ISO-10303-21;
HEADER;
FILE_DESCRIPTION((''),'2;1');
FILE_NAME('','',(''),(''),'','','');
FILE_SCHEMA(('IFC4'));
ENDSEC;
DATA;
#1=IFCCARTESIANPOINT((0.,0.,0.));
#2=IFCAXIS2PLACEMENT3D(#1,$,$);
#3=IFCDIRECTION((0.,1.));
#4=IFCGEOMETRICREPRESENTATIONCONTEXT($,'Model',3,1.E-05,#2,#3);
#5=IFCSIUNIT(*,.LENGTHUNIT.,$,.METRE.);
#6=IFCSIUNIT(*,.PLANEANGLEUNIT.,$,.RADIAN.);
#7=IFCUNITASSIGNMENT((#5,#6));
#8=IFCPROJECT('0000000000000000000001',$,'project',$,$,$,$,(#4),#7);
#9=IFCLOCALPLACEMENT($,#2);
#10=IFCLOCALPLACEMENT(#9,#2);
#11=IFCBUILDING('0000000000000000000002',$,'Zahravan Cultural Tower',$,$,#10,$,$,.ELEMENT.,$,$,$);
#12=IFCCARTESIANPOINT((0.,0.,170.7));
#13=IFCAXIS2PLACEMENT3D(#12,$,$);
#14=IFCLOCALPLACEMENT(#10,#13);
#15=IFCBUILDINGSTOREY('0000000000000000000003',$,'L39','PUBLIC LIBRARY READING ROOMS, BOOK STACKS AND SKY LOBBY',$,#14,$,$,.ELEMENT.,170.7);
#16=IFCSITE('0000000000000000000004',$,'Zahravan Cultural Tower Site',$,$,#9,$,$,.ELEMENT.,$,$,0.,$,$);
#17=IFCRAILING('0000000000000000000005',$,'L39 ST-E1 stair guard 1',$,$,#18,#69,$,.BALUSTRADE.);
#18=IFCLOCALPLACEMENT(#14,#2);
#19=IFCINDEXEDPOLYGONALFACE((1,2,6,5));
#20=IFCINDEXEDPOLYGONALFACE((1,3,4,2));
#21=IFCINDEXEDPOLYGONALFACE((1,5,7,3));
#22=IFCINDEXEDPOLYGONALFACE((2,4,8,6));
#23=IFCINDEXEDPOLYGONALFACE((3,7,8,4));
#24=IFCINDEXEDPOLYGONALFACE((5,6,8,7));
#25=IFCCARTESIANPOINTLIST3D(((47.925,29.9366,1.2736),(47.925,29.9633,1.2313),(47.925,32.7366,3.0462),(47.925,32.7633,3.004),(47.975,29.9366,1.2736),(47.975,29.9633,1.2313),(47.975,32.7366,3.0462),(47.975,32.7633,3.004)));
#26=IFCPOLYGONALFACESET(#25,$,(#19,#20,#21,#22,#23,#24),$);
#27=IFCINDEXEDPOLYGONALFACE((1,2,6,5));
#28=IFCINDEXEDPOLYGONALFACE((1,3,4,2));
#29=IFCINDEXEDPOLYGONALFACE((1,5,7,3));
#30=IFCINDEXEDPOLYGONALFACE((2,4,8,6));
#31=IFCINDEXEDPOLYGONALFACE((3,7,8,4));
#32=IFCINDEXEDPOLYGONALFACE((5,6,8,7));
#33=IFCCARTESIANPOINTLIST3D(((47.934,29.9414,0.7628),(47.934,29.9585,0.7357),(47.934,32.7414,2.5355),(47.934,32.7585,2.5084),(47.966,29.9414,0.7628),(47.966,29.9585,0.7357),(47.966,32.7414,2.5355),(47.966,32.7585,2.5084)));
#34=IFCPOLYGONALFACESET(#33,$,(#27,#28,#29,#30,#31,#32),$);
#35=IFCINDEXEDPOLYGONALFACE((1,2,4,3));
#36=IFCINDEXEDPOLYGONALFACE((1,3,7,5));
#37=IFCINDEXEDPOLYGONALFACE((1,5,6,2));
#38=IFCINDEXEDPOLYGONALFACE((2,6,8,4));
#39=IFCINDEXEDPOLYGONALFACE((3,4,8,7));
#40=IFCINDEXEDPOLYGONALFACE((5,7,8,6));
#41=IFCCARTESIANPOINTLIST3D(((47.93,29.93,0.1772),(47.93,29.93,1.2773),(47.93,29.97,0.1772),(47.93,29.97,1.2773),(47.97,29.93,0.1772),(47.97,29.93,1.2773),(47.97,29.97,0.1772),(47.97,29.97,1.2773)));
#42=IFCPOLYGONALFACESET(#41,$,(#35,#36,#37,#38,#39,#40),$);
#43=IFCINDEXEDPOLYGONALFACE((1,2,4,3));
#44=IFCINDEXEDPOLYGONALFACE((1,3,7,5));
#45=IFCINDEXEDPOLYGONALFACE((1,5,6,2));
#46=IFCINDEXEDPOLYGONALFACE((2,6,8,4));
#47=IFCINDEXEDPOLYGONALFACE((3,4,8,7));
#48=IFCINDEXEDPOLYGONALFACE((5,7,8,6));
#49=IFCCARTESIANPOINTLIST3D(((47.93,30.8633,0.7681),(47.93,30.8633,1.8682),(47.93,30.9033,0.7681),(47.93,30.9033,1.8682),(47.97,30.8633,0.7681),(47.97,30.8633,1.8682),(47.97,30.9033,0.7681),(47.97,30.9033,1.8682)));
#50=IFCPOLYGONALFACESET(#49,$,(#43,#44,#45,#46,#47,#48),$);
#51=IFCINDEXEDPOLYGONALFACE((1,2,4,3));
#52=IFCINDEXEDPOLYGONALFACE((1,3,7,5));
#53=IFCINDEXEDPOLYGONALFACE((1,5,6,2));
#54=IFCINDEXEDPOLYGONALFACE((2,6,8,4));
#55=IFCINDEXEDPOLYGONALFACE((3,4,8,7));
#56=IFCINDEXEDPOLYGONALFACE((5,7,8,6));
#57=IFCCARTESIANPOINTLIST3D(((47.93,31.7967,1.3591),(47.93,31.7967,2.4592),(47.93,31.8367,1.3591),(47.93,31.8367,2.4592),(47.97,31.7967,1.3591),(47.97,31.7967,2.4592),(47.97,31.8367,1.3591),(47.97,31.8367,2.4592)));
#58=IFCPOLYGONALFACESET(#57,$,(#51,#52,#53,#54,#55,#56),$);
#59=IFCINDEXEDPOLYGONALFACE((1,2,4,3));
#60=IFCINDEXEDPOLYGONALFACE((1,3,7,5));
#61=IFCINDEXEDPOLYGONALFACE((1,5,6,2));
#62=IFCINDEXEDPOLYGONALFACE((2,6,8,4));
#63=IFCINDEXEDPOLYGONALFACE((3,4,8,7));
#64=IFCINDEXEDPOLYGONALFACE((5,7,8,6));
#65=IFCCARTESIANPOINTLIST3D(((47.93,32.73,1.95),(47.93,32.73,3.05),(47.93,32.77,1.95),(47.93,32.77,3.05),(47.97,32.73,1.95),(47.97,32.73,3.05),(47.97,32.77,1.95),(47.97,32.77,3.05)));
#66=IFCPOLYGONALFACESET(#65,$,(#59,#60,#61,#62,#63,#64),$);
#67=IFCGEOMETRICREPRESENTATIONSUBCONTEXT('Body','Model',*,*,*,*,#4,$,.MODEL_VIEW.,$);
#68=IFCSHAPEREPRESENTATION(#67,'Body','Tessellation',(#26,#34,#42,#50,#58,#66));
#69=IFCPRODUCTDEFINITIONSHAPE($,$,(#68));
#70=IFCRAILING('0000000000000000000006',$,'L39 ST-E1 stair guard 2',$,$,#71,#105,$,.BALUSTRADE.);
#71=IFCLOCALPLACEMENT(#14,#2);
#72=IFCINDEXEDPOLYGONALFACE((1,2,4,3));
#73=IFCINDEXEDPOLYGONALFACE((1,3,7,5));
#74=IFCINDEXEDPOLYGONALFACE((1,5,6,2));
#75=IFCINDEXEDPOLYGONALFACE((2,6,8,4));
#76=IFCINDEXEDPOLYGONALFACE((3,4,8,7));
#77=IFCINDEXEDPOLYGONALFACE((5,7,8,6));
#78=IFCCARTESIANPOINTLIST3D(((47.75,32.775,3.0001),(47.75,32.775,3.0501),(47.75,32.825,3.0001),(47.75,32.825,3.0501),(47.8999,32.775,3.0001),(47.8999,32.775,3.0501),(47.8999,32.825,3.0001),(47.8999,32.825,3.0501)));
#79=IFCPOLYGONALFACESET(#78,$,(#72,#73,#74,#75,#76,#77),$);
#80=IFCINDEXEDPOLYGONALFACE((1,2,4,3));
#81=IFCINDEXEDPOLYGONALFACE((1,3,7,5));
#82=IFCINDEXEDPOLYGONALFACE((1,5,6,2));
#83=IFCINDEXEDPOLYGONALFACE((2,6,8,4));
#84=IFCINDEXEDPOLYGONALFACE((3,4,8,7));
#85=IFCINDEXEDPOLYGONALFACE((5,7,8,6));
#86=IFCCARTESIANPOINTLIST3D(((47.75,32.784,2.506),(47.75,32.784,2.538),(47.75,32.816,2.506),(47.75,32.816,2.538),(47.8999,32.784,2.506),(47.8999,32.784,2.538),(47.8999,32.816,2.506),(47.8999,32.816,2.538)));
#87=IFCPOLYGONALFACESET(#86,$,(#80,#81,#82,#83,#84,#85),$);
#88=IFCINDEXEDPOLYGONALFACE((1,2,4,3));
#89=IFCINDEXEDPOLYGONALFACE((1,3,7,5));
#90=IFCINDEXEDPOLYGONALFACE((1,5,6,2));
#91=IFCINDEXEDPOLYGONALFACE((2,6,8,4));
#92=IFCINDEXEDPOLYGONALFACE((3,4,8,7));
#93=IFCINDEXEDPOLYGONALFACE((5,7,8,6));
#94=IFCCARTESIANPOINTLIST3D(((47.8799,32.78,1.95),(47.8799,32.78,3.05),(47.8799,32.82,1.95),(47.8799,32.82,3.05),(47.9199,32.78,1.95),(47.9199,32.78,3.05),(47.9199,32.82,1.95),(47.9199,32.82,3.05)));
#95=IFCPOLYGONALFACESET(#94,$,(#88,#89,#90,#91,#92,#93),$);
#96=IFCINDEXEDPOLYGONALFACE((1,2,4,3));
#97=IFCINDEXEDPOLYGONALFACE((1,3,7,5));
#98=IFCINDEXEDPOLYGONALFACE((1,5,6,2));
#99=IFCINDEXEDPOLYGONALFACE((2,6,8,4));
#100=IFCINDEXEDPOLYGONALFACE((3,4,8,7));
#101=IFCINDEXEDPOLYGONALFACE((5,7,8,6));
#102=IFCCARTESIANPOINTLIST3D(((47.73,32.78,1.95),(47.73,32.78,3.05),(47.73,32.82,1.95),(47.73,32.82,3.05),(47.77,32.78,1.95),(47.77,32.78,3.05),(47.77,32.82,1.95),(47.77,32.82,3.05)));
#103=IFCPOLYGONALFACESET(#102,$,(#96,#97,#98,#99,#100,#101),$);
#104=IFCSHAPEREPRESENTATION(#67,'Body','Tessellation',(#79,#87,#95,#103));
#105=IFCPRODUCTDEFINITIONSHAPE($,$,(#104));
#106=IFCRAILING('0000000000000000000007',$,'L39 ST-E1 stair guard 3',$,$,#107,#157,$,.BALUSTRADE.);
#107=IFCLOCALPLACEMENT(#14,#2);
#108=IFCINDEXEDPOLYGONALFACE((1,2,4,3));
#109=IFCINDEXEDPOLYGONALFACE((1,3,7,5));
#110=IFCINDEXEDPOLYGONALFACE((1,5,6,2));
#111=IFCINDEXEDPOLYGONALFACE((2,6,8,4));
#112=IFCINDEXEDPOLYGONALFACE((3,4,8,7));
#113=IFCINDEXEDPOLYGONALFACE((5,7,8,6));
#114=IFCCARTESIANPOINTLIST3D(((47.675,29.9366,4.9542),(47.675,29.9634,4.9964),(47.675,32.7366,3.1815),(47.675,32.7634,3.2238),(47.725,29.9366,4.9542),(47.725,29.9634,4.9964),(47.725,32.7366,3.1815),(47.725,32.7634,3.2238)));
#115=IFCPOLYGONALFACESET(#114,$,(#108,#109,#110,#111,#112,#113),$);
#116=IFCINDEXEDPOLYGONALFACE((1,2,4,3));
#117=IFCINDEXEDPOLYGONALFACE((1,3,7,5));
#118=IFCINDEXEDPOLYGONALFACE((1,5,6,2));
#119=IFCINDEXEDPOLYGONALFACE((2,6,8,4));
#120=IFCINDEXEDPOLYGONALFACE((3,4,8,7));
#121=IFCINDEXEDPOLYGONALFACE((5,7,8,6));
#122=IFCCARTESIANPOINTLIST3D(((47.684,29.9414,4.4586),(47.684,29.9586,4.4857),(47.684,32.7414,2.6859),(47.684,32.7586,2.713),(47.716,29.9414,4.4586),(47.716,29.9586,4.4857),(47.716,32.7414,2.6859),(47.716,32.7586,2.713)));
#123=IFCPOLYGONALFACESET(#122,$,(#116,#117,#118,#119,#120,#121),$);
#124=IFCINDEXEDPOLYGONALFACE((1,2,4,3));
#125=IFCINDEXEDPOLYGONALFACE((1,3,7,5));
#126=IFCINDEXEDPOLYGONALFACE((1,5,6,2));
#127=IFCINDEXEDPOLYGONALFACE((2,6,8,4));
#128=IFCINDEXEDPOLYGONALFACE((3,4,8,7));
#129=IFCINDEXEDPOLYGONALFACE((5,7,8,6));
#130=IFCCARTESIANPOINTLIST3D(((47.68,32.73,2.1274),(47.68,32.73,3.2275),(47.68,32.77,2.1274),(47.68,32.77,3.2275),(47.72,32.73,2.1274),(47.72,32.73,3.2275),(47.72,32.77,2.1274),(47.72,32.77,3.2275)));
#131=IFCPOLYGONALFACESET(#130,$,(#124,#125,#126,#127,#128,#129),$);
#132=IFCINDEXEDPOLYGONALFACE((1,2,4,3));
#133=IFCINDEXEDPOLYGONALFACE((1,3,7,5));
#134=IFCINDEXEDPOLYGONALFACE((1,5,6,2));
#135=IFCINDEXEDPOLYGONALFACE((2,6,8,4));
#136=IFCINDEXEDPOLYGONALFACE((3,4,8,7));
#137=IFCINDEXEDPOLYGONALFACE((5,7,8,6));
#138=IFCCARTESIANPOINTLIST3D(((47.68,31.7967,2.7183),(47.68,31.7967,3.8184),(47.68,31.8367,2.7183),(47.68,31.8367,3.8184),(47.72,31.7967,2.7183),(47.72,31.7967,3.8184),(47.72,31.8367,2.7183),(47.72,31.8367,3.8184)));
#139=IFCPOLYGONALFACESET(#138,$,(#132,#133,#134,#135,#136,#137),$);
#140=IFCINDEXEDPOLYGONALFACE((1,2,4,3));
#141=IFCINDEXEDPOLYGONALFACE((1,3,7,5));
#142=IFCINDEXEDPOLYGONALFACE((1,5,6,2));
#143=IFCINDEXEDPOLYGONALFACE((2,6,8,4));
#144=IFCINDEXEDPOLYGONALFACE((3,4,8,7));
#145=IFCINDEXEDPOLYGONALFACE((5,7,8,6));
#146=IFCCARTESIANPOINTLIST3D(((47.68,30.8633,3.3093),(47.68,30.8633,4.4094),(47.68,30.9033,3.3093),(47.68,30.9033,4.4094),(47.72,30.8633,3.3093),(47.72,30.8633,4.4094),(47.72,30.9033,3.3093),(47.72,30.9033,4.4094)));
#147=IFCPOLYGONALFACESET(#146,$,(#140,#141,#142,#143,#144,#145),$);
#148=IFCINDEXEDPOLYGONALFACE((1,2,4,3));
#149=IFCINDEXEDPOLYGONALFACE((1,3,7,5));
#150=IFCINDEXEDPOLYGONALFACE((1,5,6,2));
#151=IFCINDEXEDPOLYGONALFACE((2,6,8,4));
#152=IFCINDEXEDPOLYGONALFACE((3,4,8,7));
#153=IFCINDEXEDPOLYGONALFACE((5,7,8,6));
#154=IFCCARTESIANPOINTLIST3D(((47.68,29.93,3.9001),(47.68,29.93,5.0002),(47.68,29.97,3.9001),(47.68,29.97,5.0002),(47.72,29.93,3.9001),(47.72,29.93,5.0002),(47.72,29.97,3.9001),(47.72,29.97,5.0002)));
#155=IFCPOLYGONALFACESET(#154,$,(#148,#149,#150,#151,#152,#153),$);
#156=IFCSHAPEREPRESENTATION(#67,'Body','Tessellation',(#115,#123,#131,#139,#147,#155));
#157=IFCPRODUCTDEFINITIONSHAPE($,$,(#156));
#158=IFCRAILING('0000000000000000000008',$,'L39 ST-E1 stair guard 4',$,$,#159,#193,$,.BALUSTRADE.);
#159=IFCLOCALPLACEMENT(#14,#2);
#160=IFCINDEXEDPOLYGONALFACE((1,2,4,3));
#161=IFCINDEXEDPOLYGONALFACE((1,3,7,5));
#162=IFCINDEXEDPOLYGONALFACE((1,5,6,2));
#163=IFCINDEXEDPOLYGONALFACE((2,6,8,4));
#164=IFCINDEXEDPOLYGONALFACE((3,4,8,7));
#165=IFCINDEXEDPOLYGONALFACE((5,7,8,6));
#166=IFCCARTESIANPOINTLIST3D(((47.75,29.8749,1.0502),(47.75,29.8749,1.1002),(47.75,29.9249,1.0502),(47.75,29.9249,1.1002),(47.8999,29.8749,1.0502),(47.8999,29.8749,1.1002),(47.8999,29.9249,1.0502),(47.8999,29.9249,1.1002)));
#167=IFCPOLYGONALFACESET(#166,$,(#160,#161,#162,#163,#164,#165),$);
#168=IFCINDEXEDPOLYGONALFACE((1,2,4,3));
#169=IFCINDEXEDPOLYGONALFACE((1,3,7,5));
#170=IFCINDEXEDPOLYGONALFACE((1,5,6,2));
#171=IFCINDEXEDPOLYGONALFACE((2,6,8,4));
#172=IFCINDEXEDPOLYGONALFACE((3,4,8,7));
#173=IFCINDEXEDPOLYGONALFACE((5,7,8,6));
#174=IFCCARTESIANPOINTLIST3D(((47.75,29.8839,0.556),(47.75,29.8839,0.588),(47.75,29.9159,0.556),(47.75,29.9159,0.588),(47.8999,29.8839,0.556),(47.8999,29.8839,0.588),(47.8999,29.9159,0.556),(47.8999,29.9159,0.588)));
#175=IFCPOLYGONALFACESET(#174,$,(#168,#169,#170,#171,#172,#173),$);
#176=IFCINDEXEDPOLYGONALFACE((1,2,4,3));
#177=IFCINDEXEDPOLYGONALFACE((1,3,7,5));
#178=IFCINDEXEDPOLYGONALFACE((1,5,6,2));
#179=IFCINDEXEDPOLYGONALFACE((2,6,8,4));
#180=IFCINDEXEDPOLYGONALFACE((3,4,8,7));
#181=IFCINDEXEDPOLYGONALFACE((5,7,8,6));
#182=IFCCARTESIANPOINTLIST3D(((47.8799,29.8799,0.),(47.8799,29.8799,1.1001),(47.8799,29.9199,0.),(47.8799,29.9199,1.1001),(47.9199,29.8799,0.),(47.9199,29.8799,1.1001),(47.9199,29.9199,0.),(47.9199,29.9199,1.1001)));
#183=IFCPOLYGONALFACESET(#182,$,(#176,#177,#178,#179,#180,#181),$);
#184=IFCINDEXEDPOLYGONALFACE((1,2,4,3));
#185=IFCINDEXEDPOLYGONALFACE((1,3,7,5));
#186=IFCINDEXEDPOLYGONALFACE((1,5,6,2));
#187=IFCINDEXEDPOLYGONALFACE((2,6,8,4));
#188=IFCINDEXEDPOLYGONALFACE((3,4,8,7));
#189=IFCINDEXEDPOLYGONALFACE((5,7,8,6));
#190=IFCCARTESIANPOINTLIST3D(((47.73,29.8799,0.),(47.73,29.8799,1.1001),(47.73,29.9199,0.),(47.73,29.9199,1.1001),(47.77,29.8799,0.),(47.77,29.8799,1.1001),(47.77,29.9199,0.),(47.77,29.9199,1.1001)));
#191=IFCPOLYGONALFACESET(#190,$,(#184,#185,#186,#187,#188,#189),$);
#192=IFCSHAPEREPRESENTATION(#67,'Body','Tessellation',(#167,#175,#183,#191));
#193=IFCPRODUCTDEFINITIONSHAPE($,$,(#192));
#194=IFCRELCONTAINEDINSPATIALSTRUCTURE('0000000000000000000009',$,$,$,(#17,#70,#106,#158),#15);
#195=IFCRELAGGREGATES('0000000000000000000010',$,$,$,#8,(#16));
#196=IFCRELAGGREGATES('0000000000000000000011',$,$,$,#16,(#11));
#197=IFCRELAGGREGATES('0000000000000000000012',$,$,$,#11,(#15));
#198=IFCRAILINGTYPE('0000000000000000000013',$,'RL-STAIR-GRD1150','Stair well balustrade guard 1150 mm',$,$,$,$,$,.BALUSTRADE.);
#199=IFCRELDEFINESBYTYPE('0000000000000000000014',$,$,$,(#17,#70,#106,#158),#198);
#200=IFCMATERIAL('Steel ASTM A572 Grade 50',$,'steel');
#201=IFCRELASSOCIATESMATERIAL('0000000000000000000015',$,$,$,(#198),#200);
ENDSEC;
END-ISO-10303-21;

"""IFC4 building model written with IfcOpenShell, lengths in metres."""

from ifc_helpers import new_model, si_unit, direction, frame, origin, origin_2d, place, context, subcontext, project, spatial, rectangle, extrude, material, type_object, element, save


model = new_model("IFC4")

# Units and contexts
model_context = context("Model", 3, precision=1e-05, world=origin(), true_north=direction((0.0, 1.0)))
body_context = subcontext(model_context, "Body", "Model", "MODEL_VIEW")
ifc_project = project(units=[si_unit("LENGTHUNIT", "METRE"), si_unit("PLANEANGLEUNIT", "RADIAN")], contexts=[model_context])

# Site, building, storey
site_placement = place(None, origin())
site = spatial("IfcSite", under=ifc_project, at=site_placement, Name="Zahravan Cultural Tower Site", CompositionType="ELEMENT", RefElevation=0.0)
building_placement = place(site_placement, origin())
building = spatial("IfcBuilding", under=site, at=building_placement, Name="Zahravan Cultural Tower", CompositionType="ELEMENT")
storey_placement = place(building_placement, frame((0.0, 0.0, 170.7)))
storey = spatial("IfcBuildingStorey", under=building, at=storey_placement, Name="L39", Description="PUBLIC LIBRARY READING ROOMS, BOOK STACKS AND SKY LOBBY", CompositionType="ELEMENT", Elevation=170.7)

# Shared definitions
ifc_material_1 = material(Name="Steel ASTM A572 Grade 50", Category="steel")

# Railings
railing_type_1 = type_object("IfcRailingType", Name="RL-STAIR-GRD1150", Description="Stair well balustrade guard 1150 mm", PredefinedType="BALUSTRADE", material=ifc_material_1)
railing_1_placement = place(storey_placement, frame((47.95, 29.95, 0.1772)))
element("IfcRailing", 1, at=railing_1_placement, inside=storey, type_object=railing_type_1, Name="L39 ST-E1 stair guard 1", PredefinedType="BALUSTRADE", context=body_context, shape_type="SweptSolid", body=[
    extrude(rectangle(XDim=0.05, YDim=0.05, at=origin_2d()), frame((0.0, 0.0, 1.0752), z_axis=(0.0, 0.844909, 0.53491), x_axis=(-1.0, 0.0, 0.0)), (0.0, 0.0, 1.0), 3.314),
    extrude(rectangle(XDim=0.032, YDim=0.032, at=origin_2d()), frame((0.0, 0.0, 0.572), z_axis=(0.0, 0.844909, 0.53491), x_axis=(-1.0, 0.0, 0.0)), (0.0, 0.0, 1.0), 3.314),
    extrude(rectangle(XDim=0.04, YDim=0.04, at=origin_2d()), origin(), (0.0, 0.0, 1.0), 1.1001),
    extrude(rectangle(XDim=0.04, YDim=0.04, at=origin_2d()), frame((0.0, 0.9333, 0.5908)), (0.0, 0.0, 1.0), 1.1001),
    extrude(rectangle(XDim=0.04, YDim=0.04, at=origin_2d()), frame((0.0, 1.8667, 1.1819)), (0.0, 0.0, 1.0), 1.1001),
    extrude(rectangle(XDim=0.04, YDim=0.04, at=origin_2d()), frame((0.0, 2.8, 1.7727)), (0.0, 0.0, 1.0), 1.1001),
])
railing_2_placement = place(storey_placement, frame((47.8999, 32.8, 1.95)))
element("IfcRailing", 2, at=railing_2_placement, inside=storey, type_object=railing_type_1, Name="L39 ST-E1 stair guard 2", PredefinedType="BALUSTRADE", context=body_context, shape_type="SweptSolid", body=[
    extrude(rectangle(XDim=0.05, YDim=0.05, at=origin_2d()), frame((0.0, 0.0, 1.0752), z_axis=(-1.0, 0.0, 0.0), x_axis=(0.0, -1.0, 0.0)), (0.0, 0.0, 1.0), 0.1499),
    extrude(rectangle(XDim=0.032, YDim=0.032, at=origin_2d()), frame((0.0, 0.0, 0.572), z_axis=(-1.0, 0.0, 0.0), x_axis=(0.0, -1.0, 0.0)), (0.0, 0.0, 1.0), 0.1499),
    extrude(rectangle(XDim=0.04, YDim=0.04, at=origin_2d()), origin(), (0.0, 0.0, 1.0), 1.1001),
    extrude(rectangle(XDim=0.04, YDim=0.04, at=origin_2d()), frame((-0.1499, 0.0, 0.0)), (0.0, 0.0, 1.0), 1.1001),
])
railing_3_placement = place(storey_placement, frame((47.7, 32.75, 2.1274)))
element("IfcRailing", 3, at=railing_3_placement, inside=storey, type_object=railing_type_1, Name="L39 ST-E1 stair guard 3", PredefinedType="BALUSTRADE", context=body_context, shape_type="SweptSolid", body=[
    extrude(rectangle(XDim=0.05, YDim=0.05, at=origin_2d()), frame((0.0, 0.0, 1.0752), z_axis=(0.0, -0.844909, 0.53491), x_axis=(1.0, 0.0, 0.0)), (0.0, 0.0, 1.0), 3.314),
    extrude(rectangle(XDim=0.032, YDim=0.032, at=origin_2d()), frame((0.0, 0.0, 0.572), z_axis=(0.0, -0.844909, 0.53491), x_axis=(1.0, 0.0, 0.0)), (0.0, 0.0, 1.0), 3.314),
    extrude(rectangle(XDim=0.04, YDim=0.04, at=origin_2d()), origin(), (0.0, 0.0, 1.0), 1.1001),
    extrude(rectangle(XDim=0.04, YDim=0.04, at=origin_2d()), frame((0.0, -0.9333, 0.5908)), (0.0, 0.0, 1.0), 1.1001),
    extrude(rectangle(XDim=0.04, YDim=0.04, at=origin_2d()), frame((0.0, -1.8667, 1.1819)), (0.0, 0.0, 1.0), 1.1001),
    extrude(rectangle(XDim=0.04, YDim=0.04, at=origin_2d()), frame((0.0, -2.8, 1.7727)), (0.0, 0.0, 1.0), 1.1001),
])
railing_4_placement = place(storey_placement, frame((47.8999, 29.8999, 0.0)))
element("IfcRailing", 4, at=railing_4_placement, inside=storey, type_object=railing_type_1, Name="L39 ST-E1 stair guard 4", PredefinedType="BALUSTRADE", context=body_context, shape_type="SweptSolid", body=[
    extrude(rectangle(XDim=0.05, YDim=0.05, at=origin_2d()), frame((0.0, 0.0, 1.0752), z_axis=(-1.0, 0.0, 0.0), x_axis=(0.0, -1.0, 0.0)), (0.0, 0.0, 1.0), 0.1499),
    extrude(rectangle(XDim=0.032, YDim=0.032, at=origin_2d()), frame((0.0, 0.0, 0.572), z_axis=(-1.0, 0.0, 0.0), x_axis=(0.0, -1.0, 0.0)), (0.0, 0.0, 1.0), 0.1499),
    extrude(rectangle(XDim=0.04, YDim=0.04, at=origin_2d()), origin(), (0.0, 0.0, 1.0), 1.1001),
    extrude(rectangle(XDim=0.04, YDim=0.04, at=origin_2d()), frame((-0.1499, 0.0, 0.0)), (0.0, 0.0, 1.0), 1.1001),
])

save(model, "model.ifc")
